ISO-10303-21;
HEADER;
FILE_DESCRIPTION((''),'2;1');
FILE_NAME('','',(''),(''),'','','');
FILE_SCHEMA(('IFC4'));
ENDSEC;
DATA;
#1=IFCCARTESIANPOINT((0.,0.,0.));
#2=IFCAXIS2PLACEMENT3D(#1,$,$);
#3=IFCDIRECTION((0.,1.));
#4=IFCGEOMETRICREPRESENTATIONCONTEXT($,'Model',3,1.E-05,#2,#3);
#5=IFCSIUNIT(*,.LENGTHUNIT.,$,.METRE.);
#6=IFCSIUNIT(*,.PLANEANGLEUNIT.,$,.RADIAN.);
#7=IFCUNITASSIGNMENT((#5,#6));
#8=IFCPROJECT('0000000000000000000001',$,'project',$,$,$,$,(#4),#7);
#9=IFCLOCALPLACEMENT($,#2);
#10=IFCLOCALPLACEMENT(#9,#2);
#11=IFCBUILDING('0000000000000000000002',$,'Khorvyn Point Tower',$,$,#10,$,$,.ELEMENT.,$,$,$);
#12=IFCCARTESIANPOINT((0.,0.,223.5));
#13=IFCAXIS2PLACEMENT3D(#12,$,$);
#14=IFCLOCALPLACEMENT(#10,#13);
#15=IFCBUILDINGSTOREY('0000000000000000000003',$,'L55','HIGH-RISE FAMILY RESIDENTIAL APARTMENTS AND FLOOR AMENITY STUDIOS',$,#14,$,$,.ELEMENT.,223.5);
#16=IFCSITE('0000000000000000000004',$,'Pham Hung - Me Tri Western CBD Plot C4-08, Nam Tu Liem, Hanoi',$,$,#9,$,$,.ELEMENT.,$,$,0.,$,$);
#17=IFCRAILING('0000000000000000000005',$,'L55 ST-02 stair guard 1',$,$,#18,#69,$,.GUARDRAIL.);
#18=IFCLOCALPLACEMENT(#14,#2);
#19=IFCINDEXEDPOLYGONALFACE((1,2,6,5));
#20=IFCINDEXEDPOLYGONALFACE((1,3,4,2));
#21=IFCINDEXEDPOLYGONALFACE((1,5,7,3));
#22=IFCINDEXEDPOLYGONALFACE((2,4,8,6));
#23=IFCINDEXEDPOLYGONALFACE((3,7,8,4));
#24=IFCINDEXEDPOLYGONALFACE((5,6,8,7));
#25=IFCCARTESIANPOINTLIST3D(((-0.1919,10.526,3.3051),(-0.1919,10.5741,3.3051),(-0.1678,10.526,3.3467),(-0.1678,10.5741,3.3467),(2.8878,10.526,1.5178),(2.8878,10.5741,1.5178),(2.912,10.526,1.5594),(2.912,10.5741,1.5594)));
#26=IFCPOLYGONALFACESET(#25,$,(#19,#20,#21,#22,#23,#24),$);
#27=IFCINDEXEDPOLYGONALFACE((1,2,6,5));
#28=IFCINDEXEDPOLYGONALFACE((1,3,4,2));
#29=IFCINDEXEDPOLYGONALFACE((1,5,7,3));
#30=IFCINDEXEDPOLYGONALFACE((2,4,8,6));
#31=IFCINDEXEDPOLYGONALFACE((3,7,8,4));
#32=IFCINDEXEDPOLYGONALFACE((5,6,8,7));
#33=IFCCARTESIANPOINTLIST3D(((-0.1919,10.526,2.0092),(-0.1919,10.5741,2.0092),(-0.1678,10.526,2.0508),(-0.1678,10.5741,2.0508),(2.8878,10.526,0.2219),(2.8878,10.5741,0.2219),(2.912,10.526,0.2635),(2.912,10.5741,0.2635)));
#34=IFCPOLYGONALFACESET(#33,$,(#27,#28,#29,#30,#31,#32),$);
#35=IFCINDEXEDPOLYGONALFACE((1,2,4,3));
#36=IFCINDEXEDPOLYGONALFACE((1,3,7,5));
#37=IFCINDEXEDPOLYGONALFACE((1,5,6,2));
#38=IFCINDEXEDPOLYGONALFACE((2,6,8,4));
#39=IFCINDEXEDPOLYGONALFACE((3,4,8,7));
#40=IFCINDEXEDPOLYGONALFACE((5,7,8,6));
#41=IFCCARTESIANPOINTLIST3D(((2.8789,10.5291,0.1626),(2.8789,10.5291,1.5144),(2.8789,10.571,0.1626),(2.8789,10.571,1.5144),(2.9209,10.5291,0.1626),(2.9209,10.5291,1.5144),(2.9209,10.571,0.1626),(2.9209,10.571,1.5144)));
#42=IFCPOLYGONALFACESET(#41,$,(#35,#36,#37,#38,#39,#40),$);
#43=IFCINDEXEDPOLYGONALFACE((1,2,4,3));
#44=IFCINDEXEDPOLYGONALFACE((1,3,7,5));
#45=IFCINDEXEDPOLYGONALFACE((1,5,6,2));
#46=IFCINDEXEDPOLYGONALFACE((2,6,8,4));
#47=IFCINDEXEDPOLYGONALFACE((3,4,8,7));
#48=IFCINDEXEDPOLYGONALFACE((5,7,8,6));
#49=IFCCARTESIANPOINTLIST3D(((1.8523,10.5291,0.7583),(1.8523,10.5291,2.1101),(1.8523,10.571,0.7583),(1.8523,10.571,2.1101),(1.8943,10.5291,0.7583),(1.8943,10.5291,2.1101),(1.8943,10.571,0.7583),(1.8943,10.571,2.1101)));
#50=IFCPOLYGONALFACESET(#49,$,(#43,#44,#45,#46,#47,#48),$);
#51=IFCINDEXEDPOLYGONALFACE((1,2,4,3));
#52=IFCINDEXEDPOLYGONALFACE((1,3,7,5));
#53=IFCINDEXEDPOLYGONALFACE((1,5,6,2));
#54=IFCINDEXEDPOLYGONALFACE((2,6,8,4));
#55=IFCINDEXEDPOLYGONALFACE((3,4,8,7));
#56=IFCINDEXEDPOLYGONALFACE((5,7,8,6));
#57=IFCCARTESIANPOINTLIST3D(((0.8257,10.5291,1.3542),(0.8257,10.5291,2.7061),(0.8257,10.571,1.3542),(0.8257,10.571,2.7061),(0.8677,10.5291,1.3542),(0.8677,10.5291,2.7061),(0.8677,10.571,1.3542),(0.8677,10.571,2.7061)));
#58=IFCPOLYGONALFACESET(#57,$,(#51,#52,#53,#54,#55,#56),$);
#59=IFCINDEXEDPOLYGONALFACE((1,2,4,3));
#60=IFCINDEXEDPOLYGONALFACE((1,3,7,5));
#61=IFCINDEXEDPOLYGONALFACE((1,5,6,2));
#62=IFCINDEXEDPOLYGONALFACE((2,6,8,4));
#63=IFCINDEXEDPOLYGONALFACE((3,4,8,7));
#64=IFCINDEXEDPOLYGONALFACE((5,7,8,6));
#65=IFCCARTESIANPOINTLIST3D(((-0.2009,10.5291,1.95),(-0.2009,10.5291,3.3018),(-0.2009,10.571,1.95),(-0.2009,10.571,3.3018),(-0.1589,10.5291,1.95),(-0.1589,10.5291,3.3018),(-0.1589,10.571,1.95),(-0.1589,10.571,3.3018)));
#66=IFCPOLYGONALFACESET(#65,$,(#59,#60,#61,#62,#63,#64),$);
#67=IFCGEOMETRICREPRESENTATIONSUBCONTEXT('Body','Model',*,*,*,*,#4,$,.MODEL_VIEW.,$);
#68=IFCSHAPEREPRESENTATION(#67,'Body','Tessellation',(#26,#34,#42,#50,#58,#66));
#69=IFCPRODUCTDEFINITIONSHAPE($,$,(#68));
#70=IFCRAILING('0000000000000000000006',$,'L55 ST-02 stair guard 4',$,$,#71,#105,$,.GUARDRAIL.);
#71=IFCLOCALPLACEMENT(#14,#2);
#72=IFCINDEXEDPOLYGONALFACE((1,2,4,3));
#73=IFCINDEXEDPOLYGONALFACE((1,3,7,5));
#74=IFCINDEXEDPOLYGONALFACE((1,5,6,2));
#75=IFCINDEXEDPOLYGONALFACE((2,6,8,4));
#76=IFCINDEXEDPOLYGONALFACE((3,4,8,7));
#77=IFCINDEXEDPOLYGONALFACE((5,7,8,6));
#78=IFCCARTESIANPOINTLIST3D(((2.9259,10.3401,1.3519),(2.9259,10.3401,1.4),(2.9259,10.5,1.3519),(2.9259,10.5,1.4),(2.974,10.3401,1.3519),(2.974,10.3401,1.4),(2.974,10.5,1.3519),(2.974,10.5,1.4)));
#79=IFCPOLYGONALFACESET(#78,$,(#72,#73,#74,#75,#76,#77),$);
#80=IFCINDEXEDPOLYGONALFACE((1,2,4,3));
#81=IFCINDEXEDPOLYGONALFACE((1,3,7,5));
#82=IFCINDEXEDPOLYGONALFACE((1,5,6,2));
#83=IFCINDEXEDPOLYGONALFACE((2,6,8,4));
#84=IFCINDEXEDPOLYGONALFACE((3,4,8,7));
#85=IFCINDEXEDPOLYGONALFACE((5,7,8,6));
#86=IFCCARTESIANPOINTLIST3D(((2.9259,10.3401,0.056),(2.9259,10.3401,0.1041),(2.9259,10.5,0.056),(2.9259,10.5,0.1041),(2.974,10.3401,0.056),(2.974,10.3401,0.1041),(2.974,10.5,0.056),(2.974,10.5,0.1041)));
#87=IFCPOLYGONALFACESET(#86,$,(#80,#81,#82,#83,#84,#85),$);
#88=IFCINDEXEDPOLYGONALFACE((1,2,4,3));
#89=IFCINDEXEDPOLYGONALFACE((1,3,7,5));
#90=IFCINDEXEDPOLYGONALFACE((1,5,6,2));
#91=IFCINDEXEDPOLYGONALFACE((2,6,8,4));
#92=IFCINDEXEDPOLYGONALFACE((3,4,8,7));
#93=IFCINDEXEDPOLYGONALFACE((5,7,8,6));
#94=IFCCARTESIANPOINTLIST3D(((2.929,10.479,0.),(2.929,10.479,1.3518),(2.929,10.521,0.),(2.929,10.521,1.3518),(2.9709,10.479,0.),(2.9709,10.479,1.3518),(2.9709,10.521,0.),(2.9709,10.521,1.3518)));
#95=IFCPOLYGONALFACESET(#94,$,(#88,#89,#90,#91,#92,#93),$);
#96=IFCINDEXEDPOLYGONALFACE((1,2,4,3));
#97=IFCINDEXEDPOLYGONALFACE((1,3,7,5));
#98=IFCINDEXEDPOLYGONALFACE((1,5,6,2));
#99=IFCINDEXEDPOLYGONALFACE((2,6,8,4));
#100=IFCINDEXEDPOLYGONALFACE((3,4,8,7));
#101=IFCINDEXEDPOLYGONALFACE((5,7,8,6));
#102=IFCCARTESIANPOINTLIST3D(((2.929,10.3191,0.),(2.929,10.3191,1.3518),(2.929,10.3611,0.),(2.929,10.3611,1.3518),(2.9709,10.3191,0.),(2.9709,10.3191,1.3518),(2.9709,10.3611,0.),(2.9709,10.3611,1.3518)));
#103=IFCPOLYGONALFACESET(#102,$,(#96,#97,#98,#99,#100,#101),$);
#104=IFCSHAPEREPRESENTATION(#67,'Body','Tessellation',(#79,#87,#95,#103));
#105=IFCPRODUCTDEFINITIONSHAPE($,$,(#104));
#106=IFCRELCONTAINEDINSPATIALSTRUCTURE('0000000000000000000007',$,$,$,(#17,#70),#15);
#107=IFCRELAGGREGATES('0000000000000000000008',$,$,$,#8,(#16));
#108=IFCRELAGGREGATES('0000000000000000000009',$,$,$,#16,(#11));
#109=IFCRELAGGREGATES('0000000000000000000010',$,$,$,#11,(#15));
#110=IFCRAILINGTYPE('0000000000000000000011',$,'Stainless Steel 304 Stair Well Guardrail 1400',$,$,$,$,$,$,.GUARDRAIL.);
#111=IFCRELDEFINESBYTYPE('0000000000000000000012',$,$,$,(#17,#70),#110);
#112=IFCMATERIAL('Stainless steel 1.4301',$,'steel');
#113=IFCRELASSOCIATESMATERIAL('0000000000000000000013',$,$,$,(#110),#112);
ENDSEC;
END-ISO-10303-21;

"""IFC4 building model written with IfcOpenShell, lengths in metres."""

from ifc_helpers import new_model, si_unit, direction, frame, origin, origin_2d, place, context, subcontext, project, spatial, rectangle, extrude, material, type_object, element, save


model = new_model("IFC4")

# Units and contexts
model_context = context("Model", 3, precision=1e-05, world=origin(), true_north=direction((0.0, 1.0)))
body_context = subcontext(model_context, "Body", "Model", "MODEL_VIEW")
ifc_project = project(units=[si_unit("LENGTHUNIT", "METRE"), si_unit("PLANEANGLEUNIT", "RADIAN")], contexts=[model_context])

# Site, building, storey
site_placement = place(None, origin())
site = spatial("IfcSite", under=ifc_project, at=site_placement, Name="Pham Hung - Me Tri Western CBD Plot C4-08, Nam Tu Liem, Hanoi", CompositionType="ELEMENT", RefElevation=0.0)
building_placement = place(site_placement, origin())
building = spatial("IfcBuilding", under=site, at=building_placement, Name="Khorvyn Point Tower", CompositionType="ELEMENT")
storey_placement = place(building_placement, frame((0.0, 0.0, 223.5)))
storey = spatial("IfcBuildingStorey", under=building, at=storey_placement, Name="L55", Description="HIGH-RISE FAMILY RESIDENTIAL APARTMENTS AND FLOOR AMENITY STUDIOS", CompositionType="ELEMENT", Elevation=223.5)

# Railings
ifc_material_1 = material(Name="Stainless steel 1.4301", Category="steel")
railing_type_1 = type_object("IfcRailingType", Name="Stainless Steel 304 Stair Well Guardrail 1400", PredefinedType="GUARDRAIL", material=ifc_material_1)
railing_1_placement = place(storey_placement, frame((2.8999, 10.55, 0.1626)))
element("IfcRailing", 1, at=railing_1_placement, inside=storey, type_object=railing_type_1, Name="L55 ST-02 stair guard 1", PredefinedType="GUARDRAIL", context=body_context, shape_type="SweptSolid", body=[
    extrude(rectangle(XDim=0.0481, YDim=0.0481, at=origin_2d()), frame((0.0, 0.0, 1.376), z_axis=(-0.864903, 0.0, 0.501939), x_axis=(0.0, -1.0, 0.0)), (0.0, 0.0, 1.0), 3.5608),
    extrude(rectangle(XDim=0.0481, YDim=0.0481, at=origin_2d()), frame((0.0, 0.0, 0.0801), z_axis=(-0.864903, 0.0, 0.501939), x_axis=(0.0, -1.0, 0.0)), (0.0, 0.0, 1.0), 3.5608),
    extrude(rectangle(XDim=0.042, YDim=0.042, at=origin_2d()), origin(), (0.0, 0.0, 1.0), 1.3518),
    extrude(rectangle(XDim=0.042, YDim=0.042, at=origin_2d()), frame((-1.0266, 0.0, 0.5957)), (0.0, 0.0, 1.0), 1.3518),
    extrude(rectangle(XDim=0.042, YDim=0.042, at=origin_2d()), frame((-2.0532, 0.0, 1.1917)), (0.0, 0.0, 1.0), 1.3518),
    extrude(rectangle(XDim=0.042, YDim=0.042, at=origin_2d()), frame((-3.0798, 0.0, 1.7874)), (0.0, 0.0, 1.0), 1.3518),
])
railing_2_placement = place(storey_placement, frame((2.95, 10.5, 0.0)))
element("IfcRailing", 2, at=railing_2_placement, inside=storey, type_object=railing_type_1, Name="L55 ST-02 stair guard 4", PredefinedType="GUARDRAIL", context=body_context, shape_type="SweptSolid", body=[
    extrude(rectangle(XDim=0.0481, YDim=0.0481, at=origin_2d()), frame((0.0, 0.0, 1.376), z_axis=(0.0, -1.0, 0.0), x_axis=(1.0, 0.0, 0.0)), (0.0, 0.0, 1.0), 0.1599),
    extrude(rectangle(XDim=0.0481, YDim=0.0481, at=origin_2d()), frame((0.0, 0.0, 0.0801), z_axis=(0.0, -1.0, 0.0), x_axis=(1.0, 0.0, 0.0)), (0.0, 0.0, 1.0), 0.1599),
    extrude(rectangle(XDim=0.042, YDim=0.042, at=origin_2d()), origin(), (0.0, 0.0, 1.0), 1.3518),
    extrude(rectangle(XDim=0.042, YDim=0.042, at=origin_2d()), frame((0.0, -0.1599, 0.0)), (0.0, 0.0, 1.0), 1.3518),
])

save(model, "model.ifc")
